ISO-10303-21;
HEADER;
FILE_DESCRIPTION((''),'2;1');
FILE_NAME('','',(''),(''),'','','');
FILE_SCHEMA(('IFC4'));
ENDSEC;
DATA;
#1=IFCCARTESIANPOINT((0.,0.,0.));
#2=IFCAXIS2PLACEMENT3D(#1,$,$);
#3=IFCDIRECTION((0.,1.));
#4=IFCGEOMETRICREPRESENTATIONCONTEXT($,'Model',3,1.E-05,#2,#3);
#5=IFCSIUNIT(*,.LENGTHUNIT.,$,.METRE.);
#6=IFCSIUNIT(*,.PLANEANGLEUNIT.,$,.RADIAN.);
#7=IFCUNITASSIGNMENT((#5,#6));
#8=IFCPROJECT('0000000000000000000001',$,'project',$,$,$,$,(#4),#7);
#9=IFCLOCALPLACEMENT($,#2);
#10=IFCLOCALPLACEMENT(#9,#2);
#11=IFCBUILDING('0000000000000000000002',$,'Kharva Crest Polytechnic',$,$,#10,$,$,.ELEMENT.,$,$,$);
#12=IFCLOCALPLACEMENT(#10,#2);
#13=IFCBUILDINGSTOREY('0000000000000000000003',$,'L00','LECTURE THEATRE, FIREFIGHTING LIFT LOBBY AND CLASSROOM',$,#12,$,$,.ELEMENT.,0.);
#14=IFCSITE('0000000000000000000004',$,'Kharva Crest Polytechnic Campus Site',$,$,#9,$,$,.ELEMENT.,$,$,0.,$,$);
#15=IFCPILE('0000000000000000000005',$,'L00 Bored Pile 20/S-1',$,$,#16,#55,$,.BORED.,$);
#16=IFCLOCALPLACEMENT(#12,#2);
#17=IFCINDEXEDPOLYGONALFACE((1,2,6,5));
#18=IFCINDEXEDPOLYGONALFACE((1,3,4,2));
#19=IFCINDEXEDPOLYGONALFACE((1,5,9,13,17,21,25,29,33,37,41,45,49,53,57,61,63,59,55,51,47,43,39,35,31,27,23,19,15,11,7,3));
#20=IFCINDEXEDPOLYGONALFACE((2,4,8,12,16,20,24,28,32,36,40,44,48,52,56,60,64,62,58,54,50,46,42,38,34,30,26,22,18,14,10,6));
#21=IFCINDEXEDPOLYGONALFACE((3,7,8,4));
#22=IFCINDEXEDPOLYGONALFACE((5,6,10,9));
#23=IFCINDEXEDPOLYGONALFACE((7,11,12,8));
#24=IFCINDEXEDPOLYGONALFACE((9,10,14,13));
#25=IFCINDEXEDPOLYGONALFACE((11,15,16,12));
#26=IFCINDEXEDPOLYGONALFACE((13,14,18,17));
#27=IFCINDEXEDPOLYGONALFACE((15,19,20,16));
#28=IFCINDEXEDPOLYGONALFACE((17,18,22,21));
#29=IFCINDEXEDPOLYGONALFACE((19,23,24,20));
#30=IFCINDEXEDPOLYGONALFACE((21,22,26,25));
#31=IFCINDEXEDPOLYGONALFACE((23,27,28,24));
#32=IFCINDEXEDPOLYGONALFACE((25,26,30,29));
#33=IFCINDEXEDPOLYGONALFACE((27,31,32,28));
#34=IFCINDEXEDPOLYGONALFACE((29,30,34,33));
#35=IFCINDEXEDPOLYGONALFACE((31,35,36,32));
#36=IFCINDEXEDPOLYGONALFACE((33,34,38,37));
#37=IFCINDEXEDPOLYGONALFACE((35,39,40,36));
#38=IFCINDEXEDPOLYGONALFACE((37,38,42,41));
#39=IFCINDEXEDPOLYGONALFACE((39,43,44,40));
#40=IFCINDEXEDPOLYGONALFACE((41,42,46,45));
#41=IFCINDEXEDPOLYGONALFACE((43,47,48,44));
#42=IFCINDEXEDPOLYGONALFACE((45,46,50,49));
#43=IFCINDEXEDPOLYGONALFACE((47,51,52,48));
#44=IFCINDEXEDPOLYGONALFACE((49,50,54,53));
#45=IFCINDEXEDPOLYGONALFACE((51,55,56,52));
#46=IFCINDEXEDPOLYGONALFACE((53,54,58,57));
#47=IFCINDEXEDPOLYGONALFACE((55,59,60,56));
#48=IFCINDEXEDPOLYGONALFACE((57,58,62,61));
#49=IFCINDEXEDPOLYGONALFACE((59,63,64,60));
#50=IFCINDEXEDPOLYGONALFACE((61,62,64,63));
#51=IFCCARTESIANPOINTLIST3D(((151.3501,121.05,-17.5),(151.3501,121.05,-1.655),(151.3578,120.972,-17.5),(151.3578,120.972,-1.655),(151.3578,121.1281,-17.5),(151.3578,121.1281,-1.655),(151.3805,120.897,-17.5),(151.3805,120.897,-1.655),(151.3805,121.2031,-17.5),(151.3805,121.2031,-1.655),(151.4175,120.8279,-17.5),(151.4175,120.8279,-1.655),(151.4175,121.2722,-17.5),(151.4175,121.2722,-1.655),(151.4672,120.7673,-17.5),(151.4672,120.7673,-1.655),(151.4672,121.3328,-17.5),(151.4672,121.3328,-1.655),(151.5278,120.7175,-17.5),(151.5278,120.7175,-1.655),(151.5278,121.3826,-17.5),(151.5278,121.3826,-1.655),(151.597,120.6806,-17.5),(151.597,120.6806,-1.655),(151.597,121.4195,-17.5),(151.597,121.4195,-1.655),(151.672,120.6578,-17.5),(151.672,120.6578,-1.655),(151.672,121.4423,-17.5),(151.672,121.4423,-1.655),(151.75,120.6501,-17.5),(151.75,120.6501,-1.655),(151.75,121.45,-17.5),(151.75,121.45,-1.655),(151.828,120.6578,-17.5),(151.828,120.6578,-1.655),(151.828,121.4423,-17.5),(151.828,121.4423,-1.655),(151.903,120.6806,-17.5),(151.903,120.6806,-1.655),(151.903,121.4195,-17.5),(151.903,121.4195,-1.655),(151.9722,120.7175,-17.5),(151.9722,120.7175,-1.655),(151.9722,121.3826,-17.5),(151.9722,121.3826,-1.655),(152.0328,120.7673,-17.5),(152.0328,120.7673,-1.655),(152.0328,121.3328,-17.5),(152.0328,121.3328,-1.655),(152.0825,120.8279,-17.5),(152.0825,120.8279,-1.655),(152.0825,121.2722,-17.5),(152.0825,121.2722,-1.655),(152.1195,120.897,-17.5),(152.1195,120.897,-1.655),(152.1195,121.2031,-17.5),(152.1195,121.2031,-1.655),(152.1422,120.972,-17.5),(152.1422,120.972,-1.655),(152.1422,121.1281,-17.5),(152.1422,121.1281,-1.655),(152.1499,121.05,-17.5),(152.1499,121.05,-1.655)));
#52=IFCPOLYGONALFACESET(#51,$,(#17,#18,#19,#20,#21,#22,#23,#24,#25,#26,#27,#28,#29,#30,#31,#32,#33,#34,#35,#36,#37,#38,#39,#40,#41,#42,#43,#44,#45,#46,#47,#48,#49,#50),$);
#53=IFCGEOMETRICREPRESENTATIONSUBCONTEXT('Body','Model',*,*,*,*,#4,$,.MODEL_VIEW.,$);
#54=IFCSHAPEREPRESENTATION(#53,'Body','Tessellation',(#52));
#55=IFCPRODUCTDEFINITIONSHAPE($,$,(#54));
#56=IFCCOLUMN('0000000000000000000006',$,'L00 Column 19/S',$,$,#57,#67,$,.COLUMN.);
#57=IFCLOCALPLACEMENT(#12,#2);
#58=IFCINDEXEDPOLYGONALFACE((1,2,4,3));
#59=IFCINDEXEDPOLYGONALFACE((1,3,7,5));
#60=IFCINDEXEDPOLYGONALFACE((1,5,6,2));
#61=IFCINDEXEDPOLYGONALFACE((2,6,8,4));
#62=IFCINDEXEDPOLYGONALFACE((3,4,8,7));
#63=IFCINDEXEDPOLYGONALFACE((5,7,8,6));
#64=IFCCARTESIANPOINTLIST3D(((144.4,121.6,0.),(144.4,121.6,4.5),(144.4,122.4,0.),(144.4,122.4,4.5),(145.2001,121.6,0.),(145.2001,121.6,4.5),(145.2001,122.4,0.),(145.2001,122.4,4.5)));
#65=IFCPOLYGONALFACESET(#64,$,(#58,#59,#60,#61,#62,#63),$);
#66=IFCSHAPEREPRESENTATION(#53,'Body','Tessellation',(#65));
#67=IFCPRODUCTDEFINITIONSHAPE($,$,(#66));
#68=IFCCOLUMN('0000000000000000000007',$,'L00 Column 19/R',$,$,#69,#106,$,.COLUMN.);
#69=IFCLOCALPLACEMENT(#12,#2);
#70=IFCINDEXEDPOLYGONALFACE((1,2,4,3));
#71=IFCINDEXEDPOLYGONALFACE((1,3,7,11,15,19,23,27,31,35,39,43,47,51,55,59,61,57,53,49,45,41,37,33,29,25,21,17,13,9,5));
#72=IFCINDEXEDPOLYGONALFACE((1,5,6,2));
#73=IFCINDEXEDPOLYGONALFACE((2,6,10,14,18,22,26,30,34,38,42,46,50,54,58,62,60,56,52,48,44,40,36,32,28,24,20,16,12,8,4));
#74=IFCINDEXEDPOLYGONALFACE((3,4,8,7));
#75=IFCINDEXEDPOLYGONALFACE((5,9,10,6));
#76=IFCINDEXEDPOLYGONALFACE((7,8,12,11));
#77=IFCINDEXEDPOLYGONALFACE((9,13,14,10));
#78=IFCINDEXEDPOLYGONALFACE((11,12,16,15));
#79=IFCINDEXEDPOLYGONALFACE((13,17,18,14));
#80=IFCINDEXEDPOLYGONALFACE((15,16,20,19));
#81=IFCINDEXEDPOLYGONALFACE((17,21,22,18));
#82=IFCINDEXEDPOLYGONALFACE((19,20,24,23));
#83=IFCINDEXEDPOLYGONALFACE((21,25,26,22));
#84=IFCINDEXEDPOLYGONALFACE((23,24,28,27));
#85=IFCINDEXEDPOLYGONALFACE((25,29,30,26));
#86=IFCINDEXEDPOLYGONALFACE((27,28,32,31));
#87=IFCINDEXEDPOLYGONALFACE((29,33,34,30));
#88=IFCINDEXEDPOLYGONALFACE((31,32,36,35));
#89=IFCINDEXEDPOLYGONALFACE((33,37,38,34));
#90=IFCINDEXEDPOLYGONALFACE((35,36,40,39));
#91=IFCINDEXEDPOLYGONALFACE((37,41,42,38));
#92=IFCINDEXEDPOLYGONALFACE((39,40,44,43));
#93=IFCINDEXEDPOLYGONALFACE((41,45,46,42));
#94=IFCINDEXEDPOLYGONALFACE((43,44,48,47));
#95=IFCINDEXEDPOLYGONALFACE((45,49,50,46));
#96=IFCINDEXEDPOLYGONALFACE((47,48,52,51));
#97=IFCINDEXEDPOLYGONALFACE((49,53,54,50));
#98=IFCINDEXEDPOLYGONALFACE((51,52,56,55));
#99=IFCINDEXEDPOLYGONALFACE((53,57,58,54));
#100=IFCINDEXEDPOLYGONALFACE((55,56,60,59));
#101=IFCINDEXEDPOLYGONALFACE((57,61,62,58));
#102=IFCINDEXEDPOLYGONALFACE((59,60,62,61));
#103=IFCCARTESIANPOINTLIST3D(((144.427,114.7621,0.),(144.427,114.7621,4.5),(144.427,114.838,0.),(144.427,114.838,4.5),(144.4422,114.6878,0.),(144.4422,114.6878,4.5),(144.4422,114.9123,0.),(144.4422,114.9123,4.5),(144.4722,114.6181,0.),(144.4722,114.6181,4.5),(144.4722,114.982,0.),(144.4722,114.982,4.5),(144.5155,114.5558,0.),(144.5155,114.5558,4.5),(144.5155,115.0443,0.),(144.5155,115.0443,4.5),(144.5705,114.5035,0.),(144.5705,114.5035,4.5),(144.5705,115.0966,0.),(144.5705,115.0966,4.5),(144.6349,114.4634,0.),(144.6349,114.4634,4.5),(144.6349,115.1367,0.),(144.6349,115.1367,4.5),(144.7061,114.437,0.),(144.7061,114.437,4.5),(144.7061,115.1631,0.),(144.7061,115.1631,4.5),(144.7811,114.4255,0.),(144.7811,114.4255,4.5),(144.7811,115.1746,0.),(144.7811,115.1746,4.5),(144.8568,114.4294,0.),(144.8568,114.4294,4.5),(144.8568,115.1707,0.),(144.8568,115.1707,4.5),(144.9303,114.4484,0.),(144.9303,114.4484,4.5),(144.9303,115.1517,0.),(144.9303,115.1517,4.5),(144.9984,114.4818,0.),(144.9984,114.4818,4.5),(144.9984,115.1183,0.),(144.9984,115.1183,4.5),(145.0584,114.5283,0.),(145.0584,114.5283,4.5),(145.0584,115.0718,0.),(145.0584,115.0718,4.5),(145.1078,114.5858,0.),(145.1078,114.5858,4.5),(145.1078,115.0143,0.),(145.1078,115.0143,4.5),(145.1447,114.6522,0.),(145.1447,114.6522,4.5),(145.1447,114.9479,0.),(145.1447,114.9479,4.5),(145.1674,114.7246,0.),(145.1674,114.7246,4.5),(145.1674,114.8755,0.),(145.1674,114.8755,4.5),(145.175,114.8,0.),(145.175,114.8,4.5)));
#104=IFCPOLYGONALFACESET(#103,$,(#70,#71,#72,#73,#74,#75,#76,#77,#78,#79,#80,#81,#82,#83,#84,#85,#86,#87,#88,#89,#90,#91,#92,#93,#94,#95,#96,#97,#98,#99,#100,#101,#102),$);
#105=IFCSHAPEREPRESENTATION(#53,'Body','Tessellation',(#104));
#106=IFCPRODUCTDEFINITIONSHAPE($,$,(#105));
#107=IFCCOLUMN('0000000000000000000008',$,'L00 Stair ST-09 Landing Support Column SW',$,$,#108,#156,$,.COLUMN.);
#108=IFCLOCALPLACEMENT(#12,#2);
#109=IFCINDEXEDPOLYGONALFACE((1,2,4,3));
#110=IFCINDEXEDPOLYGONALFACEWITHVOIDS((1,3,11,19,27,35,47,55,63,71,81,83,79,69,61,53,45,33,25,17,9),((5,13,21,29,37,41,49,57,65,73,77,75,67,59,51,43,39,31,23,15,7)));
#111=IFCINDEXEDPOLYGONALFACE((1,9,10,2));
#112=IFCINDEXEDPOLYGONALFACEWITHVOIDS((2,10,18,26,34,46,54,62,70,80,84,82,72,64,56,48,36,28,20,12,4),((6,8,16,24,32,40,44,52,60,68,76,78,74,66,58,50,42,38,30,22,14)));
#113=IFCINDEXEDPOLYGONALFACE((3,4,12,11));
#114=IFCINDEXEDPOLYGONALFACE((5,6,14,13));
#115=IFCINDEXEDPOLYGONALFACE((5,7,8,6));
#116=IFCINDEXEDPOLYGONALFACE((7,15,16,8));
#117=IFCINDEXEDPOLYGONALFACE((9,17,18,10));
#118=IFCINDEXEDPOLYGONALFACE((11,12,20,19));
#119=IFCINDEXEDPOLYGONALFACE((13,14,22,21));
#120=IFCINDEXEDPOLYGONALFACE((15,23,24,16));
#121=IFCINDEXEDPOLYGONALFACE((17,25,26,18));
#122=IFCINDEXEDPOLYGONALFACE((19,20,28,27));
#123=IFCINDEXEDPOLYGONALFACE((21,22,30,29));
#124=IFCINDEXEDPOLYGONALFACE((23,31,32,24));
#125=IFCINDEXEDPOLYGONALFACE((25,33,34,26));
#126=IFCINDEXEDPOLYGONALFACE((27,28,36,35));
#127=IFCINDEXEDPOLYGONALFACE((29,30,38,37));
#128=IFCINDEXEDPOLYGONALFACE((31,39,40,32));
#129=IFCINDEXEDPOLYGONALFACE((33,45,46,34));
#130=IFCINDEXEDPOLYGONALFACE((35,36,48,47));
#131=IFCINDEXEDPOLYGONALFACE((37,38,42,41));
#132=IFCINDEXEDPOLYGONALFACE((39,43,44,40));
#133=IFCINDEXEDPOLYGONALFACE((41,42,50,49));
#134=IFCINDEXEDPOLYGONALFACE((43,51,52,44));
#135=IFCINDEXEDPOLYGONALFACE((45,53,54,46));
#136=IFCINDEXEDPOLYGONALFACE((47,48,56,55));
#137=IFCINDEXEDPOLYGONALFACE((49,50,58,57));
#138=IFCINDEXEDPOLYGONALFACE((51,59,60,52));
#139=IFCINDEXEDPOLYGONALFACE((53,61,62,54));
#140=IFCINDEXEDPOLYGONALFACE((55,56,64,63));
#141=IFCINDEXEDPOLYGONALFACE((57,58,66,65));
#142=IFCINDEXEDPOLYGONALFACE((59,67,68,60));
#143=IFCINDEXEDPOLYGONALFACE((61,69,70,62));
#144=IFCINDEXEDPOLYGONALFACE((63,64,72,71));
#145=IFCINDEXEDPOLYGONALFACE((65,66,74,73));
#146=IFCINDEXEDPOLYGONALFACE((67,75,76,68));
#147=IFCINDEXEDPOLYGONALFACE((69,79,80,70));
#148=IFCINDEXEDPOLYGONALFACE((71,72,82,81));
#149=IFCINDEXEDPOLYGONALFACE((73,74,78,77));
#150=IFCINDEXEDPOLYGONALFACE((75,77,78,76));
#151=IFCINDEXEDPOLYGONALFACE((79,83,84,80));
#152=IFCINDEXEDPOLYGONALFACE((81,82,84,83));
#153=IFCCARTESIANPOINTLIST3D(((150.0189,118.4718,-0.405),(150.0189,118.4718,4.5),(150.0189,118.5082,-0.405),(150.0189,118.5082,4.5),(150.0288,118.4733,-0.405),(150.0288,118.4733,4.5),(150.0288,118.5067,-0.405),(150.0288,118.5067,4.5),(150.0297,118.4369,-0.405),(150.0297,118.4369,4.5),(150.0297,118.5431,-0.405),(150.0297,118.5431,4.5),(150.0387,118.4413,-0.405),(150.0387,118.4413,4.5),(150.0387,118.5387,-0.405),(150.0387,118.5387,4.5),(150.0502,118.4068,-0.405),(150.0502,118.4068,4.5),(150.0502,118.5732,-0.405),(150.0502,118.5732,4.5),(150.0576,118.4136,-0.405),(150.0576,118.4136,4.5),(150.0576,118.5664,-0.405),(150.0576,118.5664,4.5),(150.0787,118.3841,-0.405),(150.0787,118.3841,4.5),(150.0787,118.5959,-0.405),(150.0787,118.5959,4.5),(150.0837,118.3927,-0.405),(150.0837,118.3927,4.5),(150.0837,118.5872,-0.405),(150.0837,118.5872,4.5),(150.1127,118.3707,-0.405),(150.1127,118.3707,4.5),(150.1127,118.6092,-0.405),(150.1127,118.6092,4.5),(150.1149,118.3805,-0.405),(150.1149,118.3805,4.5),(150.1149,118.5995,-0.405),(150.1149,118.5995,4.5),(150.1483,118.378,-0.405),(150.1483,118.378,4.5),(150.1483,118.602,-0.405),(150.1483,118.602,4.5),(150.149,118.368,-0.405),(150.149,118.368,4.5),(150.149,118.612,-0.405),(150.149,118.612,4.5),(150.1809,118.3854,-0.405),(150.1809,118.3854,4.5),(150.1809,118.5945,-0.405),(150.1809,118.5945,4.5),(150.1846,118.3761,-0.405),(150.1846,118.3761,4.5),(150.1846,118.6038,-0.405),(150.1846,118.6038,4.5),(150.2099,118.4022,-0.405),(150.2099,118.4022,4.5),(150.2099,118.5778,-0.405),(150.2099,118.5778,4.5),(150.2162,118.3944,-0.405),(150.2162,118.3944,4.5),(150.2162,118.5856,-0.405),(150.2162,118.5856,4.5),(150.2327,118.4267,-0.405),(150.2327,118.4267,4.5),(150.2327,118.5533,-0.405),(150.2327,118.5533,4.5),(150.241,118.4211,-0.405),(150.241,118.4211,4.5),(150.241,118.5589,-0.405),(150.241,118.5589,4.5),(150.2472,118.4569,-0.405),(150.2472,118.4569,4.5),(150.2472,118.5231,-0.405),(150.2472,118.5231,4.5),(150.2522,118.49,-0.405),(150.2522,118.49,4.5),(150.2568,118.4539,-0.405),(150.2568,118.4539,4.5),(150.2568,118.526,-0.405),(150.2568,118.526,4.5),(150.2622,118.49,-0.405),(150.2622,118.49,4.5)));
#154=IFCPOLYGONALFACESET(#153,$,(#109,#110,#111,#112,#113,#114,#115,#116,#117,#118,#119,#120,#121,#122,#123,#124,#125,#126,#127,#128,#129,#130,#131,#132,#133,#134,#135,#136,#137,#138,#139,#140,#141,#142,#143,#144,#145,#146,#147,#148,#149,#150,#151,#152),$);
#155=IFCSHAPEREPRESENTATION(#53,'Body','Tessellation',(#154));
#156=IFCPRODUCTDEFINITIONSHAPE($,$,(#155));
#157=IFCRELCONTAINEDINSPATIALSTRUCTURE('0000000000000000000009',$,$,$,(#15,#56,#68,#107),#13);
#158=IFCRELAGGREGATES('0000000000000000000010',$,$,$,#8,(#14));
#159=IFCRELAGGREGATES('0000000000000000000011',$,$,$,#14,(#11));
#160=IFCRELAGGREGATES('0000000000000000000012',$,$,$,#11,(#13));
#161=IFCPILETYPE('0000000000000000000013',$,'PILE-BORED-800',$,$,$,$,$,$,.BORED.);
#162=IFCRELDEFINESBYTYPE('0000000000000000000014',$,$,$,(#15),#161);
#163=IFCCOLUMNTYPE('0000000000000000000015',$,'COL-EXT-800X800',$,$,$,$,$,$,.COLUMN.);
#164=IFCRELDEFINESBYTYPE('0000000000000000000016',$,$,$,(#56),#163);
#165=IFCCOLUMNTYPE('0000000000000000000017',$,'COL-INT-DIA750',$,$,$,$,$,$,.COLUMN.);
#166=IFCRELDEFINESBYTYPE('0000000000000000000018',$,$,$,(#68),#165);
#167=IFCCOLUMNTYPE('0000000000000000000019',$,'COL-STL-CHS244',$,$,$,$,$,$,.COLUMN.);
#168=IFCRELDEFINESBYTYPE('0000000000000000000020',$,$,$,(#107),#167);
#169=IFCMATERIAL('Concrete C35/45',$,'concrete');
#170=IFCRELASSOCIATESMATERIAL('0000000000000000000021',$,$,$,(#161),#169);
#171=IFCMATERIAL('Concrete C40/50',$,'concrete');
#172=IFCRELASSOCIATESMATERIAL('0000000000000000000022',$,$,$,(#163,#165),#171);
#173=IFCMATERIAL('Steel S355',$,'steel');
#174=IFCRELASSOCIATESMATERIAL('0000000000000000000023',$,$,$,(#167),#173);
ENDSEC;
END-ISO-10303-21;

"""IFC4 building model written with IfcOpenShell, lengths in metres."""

from ifc_helpers import new_model, si_unit, direction, frame, origin, origin_2d, place, context, subcontext, project, spatial, rectangle, circle, hollow_circle, extrude, material, material_profile, profile_set, type_object, element, save


model = new_model("IFC4")

# Units and contexts
model_context = context("Model", 3, precision=1e-05, world=origin(), true_north=direction((0.0, 1.0)))
body_context = subcontext(model_context, "Body", "Model", "MODEL_VIEW")
ifc_project = project(units=[si_unit("LENGTHUNIT", "METRE"), si_unit("PLANEANGLEUNIT", "RADIAN")], contexts=[model_context])

# Site, building, storey
site_placement = place(None, origin())
site = spatial("IfcSite", under=ifc_project, at=site_placement, Name="Kharva Crest Polytechnic Campus Site", CompositionType="ELEMENT", RefElevation=0.0)
building_placement = place(site_placement, origin())
building = spatial("IfcBuilding", under=site, at=building_placement, Name="Kharva Crest Polytechnic", CompositionType="ELEMENT")
storey_placement = place(building_placement, origin())
storey = spatial("IfcBuildingStorey", under=building, at=storey_placement, Name="L00", Description="LECTURE THEATRE, FIREFIGHTING LIFT LOBBY AND CLASSROOM", CompositionType="ELEMENT", Elevation=0.0)

# Shared definitions
ifc_material_1 = material(Name="Concrete C35/45", Category="concrete")

# Pile
ifc_material_profile_1 = material_profile(ifc_material_1, circle(Radius=0.3999, at=origin_2d()), Name="DIA 800")
ifc_profile_set_1 = profile_set([ifc_material_profile_1], Name="Concrete C35/45")
pile_type_1 = type_object("IfcPileType", Name="PILE-BORED-800", PredefinedType="BORED", material=ifc_profile_set_1)
for number, where, z_axis, x_axis, name in (
    (1, (151.75, 121.05, -1.655), (0.0, 0.0, -1.0), (1.0, 0.0, 0.0), "L00 Bored Pile 20/S-1"),
):
    element("IfcPile", number, at=place(storey_placement, frame(where, z_axis=z_axis, x_axis=x_axis)), inside=storey, type_object=pile_type_1, Name=name, PredefinedType="BORED", context=body_context, shape_type="SweptSolid", body=[
        extrude(circle(Radius=0.3999, at=origin_2d()), origin(), (0.0, 0.0, 1.0), 15.845),
    ])

# Columns
ifc_material_2 = material(Name="Concrete C40/50", Category="concrete")
ifc_material_profile_2 = material_profile(ifc_material_2, rectangle(XDim=0.8, YDim=0.8, at=origin_2d()), Name="RECT 800 X 800")
ifc_profile_set_2 = profile_set([ifc_material_profile_2], Name="Concrete C40/50")
column_type_1 = type_object("IfcColumnType", Name="COL-EXT-800X800", PredefinedType="COLUMN", material=ifc_profile_set_2)
column_1_placement = place(storey_placement, frame((144.8, 122.0, 0.0), z_axis=(0.0, 0.0, 1.0), x_axis=(1.0, 0.0, 0.0)))
element("IfcColumn", 2, at=column_1_placement, inside=storey, type_object=column_type_1, Name="L00 Column 19/S", PredefinedType="COLUMN", context=body_context, shape_type="SweptSolid", body=[
    extrude(rectangle(XDim=0.8, YDim=0.8, at=origin_2d()), origin(), (0.0, 0.0, 1.0), 4.5),
])
ifc_material_profile_3 = material_profile(ifc_material_2, circle(Radius=0.375, at=origin_2d()), Name="DIA 750")
ifc_profile_set_3 = profile_set([ifc_material_profile_3], Name="Concrete C40/50")
column_type_2 = type_object("IfcColumnType", Name="COL-INT-DIA750", PredefinedType="COLUMN", material=ifc_profile_set_3)
column_2_placement = place(storey_placement, frame((144.8, 114.8, 0.0), z_axis=(0.0, 0.0, 1.0), x_axis=(1.0, 0.0, 0.0)))
element("IfcColumn", 3, at=column_2_placement, inside=storey, type_object=column_type_2, Name="L00 Column 19/R", PredefinedType="COLUMN", context=body_context, shape_type="SweptSolid", body=[
    extrude(circle(Radius=0.375, at=origin_2d()), origin(), (0.0, 0.0, 1.0), 4.5),
])
ifc_material_3 = material(Name="Steel S355", Category="steel")
ifc_material_profile_4 = material_profile(ifc_material_3, hollow_circle(Radius=0.1223, WallThickness=0.01, at=origin_2d()), Name="CHS 244.5X10.0")
ifc_profile_set_4 = profile_set([ifc_material_profile_4], Name="Steel S355")
column_type_3 = type_object("IfcColumnType", Name="COL-STL-CHS244", PredefinedType="COLUMN", material=ifc_profile_set_4)
for number, where, z_axis, x_axis, name in (
    (4, (150.1399, 118.49, -0.405), (0.0, 0.0, 1.0), (1.0, 0.0, 0.0), "L00 Stair ST-09 Landing Support Column SW"),
):
    element("IfcColumn", number, at=place(storey_placement, frame(where, z_axis=z_axis, x_axis=x_axis)), inside=storey, type_object=column_type_3, Name=name, PredefinedType="COLUMN", context=body_context, shape_type="SweptSolid", body=[
        extrude(hollow_circle(Radius=0.1223, WallThickness=0.01, at=origin_2d()), origin(), (0.0, 0.0, 1.0), 4.905),
    ])

save(model, "model.ifc")
